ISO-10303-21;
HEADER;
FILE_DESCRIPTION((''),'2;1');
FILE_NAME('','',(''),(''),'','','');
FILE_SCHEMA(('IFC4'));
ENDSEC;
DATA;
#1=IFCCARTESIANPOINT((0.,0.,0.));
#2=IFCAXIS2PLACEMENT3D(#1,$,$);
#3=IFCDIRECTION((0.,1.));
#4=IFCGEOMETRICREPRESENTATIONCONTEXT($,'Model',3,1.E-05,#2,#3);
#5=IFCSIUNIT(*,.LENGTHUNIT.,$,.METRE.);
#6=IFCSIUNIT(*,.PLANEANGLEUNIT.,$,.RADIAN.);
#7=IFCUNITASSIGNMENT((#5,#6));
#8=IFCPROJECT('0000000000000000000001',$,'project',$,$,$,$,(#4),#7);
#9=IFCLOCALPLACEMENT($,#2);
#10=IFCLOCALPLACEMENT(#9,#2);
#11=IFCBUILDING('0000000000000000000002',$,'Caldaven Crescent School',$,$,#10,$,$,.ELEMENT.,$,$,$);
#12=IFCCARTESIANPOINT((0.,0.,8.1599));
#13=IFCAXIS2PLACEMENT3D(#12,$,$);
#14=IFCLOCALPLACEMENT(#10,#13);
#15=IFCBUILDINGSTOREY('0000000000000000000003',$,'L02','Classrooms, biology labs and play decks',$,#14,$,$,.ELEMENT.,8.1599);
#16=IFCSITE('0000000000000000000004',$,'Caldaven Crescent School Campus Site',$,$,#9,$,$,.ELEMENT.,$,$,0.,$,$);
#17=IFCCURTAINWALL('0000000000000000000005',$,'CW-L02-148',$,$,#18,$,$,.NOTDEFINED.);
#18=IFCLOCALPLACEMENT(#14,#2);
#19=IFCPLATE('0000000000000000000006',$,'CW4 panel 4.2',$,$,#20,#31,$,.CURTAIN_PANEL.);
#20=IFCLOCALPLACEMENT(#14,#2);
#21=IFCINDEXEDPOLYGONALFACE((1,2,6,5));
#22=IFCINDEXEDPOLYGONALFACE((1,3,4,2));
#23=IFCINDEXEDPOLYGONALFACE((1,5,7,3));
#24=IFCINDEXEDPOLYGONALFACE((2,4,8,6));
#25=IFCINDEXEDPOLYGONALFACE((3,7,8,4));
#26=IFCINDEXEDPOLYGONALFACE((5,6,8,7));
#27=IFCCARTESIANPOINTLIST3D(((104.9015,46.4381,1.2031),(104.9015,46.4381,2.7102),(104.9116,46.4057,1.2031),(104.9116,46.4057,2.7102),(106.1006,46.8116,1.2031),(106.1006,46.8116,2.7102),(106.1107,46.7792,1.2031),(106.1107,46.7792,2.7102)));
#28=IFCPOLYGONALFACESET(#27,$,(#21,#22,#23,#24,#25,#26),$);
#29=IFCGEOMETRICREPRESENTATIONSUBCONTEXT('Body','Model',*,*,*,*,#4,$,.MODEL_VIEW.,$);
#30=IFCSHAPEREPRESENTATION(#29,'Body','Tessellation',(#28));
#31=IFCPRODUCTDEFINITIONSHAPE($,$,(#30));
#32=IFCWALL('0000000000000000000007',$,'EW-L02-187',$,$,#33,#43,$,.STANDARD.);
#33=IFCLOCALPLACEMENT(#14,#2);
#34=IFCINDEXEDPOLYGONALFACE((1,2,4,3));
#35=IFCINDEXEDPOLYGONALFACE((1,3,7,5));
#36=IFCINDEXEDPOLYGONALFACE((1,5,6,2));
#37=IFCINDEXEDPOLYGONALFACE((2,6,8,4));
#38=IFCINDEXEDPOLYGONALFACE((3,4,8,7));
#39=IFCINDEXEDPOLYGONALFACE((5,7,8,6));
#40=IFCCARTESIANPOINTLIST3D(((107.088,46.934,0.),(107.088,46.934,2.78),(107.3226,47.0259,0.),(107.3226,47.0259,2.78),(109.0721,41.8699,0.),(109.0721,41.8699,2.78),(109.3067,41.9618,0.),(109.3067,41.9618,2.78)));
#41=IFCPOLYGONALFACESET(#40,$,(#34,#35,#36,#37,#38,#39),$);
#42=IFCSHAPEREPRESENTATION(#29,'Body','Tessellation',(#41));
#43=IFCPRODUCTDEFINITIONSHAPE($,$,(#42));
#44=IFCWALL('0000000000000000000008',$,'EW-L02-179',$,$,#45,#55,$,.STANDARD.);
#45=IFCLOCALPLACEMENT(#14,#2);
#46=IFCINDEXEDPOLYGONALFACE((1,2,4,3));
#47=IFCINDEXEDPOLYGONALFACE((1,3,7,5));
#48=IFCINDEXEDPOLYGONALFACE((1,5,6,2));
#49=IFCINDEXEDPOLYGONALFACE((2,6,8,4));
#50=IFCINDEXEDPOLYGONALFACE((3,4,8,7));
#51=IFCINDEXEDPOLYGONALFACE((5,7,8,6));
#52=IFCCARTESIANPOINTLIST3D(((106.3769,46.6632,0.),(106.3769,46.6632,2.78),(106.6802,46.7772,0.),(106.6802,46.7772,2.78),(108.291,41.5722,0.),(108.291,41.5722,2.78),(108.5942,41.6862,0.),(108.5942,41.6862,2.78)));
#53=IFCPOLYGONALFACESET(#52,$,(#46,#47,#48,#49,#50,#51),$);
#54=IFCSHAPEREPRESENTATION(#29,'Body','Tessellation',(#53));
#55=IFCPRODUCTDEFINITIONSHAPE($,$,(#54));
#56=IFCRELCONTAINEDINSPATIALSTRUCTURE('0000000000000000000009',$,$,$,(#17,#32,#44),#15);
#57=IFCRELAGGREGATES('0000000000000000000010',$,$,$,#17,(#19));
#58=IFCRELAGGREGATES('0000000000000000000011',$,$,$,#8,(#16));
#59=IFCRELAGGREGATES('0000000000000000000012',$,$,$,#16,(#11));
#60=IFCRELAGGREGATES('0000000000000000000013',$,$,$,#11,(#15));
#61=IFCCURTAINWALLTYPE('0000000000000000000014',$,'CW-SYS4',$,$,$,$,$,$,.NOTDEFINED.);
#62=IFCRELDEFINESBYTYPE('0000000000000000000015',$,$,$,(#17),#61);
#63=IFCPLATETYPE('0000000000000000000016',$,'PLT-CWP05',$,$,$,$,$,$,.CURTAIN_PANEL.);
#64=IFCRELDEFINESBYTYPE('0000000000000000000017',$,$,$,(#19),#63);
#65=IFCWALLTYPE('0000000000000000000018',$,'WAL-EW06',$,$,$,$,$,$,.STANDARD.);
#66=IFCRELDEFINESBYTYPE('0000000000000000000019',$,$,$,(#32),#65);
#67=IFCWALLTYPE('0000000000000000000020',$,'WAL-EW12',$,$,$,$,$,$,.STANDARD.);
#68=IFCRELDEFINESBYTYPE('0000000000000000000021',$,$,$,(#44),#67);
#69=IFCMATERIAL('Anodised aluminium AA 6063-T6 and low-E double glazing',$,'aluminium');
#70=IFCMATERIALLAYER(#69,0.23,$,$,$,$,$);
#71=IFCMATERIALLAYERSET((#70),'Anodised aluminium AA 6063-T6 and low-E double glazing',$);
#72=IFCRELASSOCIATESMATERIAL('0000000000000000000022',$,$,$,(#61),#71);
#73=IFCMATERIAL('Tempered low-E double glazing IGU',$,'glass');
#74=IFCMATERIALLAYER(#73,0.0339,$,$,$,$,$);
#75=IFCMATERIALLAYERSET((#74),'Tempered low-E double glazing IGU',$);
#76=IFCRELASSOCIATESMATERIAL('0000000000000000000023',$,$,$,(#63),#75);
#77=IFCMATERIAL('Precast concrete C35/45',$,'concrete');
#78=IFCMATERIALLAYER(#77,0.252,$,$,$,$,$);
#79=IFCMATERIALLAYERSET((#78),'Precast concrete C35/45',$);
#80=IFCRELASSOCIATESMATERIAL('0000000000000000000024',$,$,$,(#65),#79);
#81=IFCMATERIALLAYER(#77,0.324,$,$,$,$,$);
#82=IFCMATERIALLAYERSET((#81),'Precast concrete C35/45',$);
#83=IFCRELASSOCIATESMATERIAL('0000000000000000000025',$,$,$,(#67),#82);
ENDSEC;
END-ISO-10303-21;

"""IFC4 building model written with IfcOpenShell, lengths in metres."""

from ifc_helpers import new_model, si_unit, direction, frame, frame_2d, origin, origin_2d, place, context, subcontext, project, spatial, rectangle, extrude, material, layer, layer_set, type_object, element, aggregate, save


model = new_model("IFC4")

# Units and contexts
model_context = context("Model", 3, precision=1e-05, world=origin(), true_north=direction((0.0, 1.0)))
body_context = subcontext(model_context, "Body", "Model", "MODEL_VIEW")
ifc_project = project(units=[si_unit("LENGTHUNIT", "METRE"), si_unit("PLANEANGLEUNIT", "RADIAN")], contexts=[model_context])

# Site, building, storey
site_placement = place(None, origin())
site = spatial("IfcSite", under=ifc_project, at=site_placement, Name="Caldaven Crescent School Campus Site", CompositionType="ELEMENT", RefElevation=0.0)
building_placement = place(site_placement, origin())
building = spatial("IfcBuilding", under=site, at=building_placement, Name="Caldaven Crescent School", CompositionType="ELEMENT")
storey_placement = place(building_placement, frame((0.0, 0.0, 8.1599)))
storey = spatial("IfcBuildingStorey", under=building, at=storey_placement, Name="L02", Description="Classrooms, biology labs and play decks", CompositionType="ELEMENT", Elevation=8.1599)

# Shared definitions
ifc_material_1 = material(Name="Anodised aluminium AA 6063-T6 and low-E double glazing", Category="aluminium")

# Curtain wall
ifc_layer_1 = layer(ifc_material_1, 0.23)
ifc_layer_set_1 = layer_set([ifc_layer_1], Name="Anodised aluminium AA 6063-T6 and low-E double glazing")
curtain_wall_type_1 = type_object("IfcCurtainWallType", Name="CW-SYS4", PredefinedType="NOTDEFINED", material=ifc_layer_set_1)
curtain_wall_1_placement = place(storey_placement, origin())
curtain_wall_1 = element("IfcCurtainWall", 1, at=curtain_wall_1_placement, inside=storey, type_object=curtain_wall_type_1, Name="CW-L02-148", PredefinedType="NOTDEFINED")

# Plate
ifc_material_2 = material(Name="Tempered low-E double glazing IGU", Category="glass")
ifc_layer_2 = layer(ifc_material_2, 0.0339)
ifc_layer_set_2 = layer_set([ifc_layer_2], Name="Tempered low-E double glazing IGU")
plate_type = type_object("IfcPlateType", Name="PLT-CWP05", PredefinedType="CURTAIN_PANEL", material=ifc_layer_set_2)
plate_1_placement = place(storey_placement, frame((105.5061, 46.6086, 1.2031), z_axis=(0.0, 0.0, 1.0), x_axis=(0.954747, 0.29742, 0.0)))
plate_1 = element("IfcPlate", 2, at=plate_1_placement, type_object=plate_type, Name="CW4 panel 4.2", PredefinedType="CURTAIN_PANEL", context=body_context, shape_type="SweptSolid", body=[
    extrude(rectangle(XDim=1.2559, YDim=0.0339, at=origin_2d()), origin(), (0.0, 0.0, 1.0), 1.5071),
])
aggregate(curtain_wall_1, [plate_1])

# Walls
ifc_material_3 = material(Name="Precast concrete C35/45", Category="concrete")
ifc_layer_3 = layer(ifc_material_3, 0.252)
ifc_layer_set_3 = layer_set([ifc_layer_3], Name="Precast concrete C35/45")
wall_type_1 = type_object("IfcWallType", Name="WAL-EW06", PredefinedType="STANDARD", material=ifc_layer_set_3)
wall_1_placement = place(storey_placement, frame((107.2053, 46.98, 0.0), z_axis=(0.0, 0.0, 1.0), x_axis=(0.364795, -0.931088, 0.0)))
element("IfcWall", 3, at=wall_1_placement, inside=storey, type_object=wall_type_1, Name="EW-L02-187", PredefinedType="STANDARD", context=body_context, shape_type="SweptSolid", body=[
    extrude(rectangle(XDim=5.439, YDim=0.252, at=frame_2d((2.7195, 0.0))), origin(), (0.0, 0.0, 1.0), 2.78),
])
ifc_layer_4 = layer(ifc_material_3, 0.324)
ifc_layer_set_4 = layer_set([ifc_layer_4], Name="Precast concrete C35/45")
wall_type_2 = type_object("IfcWallType", Name="WAL-EW12", PredefinedType="STANDARD", material=ifc_layer_set_4)
wall_2_placement = place(storey_placement, frame((106.5286, 46.7202, 0.0), z_axis=(0.0, 0.0, 1.0), x_axis=(0.351915, -0.936032, 0.0)))
element("IfcWall", 4, at=wall_2_placement, inside=storey, type_object=wall_type_2, Name="EW-L02-179", PredefinedType="STANDARD", context=body_context, shape_type="SweptSolid", body=[
    extrude(rectangle(XDim=5.439, YDim=0.324, at=frame_2d((2.7195, 0.0))), origin(), (0.0, 0.0, 1.0), 2.78),
])

save(model, "model.ifc")
